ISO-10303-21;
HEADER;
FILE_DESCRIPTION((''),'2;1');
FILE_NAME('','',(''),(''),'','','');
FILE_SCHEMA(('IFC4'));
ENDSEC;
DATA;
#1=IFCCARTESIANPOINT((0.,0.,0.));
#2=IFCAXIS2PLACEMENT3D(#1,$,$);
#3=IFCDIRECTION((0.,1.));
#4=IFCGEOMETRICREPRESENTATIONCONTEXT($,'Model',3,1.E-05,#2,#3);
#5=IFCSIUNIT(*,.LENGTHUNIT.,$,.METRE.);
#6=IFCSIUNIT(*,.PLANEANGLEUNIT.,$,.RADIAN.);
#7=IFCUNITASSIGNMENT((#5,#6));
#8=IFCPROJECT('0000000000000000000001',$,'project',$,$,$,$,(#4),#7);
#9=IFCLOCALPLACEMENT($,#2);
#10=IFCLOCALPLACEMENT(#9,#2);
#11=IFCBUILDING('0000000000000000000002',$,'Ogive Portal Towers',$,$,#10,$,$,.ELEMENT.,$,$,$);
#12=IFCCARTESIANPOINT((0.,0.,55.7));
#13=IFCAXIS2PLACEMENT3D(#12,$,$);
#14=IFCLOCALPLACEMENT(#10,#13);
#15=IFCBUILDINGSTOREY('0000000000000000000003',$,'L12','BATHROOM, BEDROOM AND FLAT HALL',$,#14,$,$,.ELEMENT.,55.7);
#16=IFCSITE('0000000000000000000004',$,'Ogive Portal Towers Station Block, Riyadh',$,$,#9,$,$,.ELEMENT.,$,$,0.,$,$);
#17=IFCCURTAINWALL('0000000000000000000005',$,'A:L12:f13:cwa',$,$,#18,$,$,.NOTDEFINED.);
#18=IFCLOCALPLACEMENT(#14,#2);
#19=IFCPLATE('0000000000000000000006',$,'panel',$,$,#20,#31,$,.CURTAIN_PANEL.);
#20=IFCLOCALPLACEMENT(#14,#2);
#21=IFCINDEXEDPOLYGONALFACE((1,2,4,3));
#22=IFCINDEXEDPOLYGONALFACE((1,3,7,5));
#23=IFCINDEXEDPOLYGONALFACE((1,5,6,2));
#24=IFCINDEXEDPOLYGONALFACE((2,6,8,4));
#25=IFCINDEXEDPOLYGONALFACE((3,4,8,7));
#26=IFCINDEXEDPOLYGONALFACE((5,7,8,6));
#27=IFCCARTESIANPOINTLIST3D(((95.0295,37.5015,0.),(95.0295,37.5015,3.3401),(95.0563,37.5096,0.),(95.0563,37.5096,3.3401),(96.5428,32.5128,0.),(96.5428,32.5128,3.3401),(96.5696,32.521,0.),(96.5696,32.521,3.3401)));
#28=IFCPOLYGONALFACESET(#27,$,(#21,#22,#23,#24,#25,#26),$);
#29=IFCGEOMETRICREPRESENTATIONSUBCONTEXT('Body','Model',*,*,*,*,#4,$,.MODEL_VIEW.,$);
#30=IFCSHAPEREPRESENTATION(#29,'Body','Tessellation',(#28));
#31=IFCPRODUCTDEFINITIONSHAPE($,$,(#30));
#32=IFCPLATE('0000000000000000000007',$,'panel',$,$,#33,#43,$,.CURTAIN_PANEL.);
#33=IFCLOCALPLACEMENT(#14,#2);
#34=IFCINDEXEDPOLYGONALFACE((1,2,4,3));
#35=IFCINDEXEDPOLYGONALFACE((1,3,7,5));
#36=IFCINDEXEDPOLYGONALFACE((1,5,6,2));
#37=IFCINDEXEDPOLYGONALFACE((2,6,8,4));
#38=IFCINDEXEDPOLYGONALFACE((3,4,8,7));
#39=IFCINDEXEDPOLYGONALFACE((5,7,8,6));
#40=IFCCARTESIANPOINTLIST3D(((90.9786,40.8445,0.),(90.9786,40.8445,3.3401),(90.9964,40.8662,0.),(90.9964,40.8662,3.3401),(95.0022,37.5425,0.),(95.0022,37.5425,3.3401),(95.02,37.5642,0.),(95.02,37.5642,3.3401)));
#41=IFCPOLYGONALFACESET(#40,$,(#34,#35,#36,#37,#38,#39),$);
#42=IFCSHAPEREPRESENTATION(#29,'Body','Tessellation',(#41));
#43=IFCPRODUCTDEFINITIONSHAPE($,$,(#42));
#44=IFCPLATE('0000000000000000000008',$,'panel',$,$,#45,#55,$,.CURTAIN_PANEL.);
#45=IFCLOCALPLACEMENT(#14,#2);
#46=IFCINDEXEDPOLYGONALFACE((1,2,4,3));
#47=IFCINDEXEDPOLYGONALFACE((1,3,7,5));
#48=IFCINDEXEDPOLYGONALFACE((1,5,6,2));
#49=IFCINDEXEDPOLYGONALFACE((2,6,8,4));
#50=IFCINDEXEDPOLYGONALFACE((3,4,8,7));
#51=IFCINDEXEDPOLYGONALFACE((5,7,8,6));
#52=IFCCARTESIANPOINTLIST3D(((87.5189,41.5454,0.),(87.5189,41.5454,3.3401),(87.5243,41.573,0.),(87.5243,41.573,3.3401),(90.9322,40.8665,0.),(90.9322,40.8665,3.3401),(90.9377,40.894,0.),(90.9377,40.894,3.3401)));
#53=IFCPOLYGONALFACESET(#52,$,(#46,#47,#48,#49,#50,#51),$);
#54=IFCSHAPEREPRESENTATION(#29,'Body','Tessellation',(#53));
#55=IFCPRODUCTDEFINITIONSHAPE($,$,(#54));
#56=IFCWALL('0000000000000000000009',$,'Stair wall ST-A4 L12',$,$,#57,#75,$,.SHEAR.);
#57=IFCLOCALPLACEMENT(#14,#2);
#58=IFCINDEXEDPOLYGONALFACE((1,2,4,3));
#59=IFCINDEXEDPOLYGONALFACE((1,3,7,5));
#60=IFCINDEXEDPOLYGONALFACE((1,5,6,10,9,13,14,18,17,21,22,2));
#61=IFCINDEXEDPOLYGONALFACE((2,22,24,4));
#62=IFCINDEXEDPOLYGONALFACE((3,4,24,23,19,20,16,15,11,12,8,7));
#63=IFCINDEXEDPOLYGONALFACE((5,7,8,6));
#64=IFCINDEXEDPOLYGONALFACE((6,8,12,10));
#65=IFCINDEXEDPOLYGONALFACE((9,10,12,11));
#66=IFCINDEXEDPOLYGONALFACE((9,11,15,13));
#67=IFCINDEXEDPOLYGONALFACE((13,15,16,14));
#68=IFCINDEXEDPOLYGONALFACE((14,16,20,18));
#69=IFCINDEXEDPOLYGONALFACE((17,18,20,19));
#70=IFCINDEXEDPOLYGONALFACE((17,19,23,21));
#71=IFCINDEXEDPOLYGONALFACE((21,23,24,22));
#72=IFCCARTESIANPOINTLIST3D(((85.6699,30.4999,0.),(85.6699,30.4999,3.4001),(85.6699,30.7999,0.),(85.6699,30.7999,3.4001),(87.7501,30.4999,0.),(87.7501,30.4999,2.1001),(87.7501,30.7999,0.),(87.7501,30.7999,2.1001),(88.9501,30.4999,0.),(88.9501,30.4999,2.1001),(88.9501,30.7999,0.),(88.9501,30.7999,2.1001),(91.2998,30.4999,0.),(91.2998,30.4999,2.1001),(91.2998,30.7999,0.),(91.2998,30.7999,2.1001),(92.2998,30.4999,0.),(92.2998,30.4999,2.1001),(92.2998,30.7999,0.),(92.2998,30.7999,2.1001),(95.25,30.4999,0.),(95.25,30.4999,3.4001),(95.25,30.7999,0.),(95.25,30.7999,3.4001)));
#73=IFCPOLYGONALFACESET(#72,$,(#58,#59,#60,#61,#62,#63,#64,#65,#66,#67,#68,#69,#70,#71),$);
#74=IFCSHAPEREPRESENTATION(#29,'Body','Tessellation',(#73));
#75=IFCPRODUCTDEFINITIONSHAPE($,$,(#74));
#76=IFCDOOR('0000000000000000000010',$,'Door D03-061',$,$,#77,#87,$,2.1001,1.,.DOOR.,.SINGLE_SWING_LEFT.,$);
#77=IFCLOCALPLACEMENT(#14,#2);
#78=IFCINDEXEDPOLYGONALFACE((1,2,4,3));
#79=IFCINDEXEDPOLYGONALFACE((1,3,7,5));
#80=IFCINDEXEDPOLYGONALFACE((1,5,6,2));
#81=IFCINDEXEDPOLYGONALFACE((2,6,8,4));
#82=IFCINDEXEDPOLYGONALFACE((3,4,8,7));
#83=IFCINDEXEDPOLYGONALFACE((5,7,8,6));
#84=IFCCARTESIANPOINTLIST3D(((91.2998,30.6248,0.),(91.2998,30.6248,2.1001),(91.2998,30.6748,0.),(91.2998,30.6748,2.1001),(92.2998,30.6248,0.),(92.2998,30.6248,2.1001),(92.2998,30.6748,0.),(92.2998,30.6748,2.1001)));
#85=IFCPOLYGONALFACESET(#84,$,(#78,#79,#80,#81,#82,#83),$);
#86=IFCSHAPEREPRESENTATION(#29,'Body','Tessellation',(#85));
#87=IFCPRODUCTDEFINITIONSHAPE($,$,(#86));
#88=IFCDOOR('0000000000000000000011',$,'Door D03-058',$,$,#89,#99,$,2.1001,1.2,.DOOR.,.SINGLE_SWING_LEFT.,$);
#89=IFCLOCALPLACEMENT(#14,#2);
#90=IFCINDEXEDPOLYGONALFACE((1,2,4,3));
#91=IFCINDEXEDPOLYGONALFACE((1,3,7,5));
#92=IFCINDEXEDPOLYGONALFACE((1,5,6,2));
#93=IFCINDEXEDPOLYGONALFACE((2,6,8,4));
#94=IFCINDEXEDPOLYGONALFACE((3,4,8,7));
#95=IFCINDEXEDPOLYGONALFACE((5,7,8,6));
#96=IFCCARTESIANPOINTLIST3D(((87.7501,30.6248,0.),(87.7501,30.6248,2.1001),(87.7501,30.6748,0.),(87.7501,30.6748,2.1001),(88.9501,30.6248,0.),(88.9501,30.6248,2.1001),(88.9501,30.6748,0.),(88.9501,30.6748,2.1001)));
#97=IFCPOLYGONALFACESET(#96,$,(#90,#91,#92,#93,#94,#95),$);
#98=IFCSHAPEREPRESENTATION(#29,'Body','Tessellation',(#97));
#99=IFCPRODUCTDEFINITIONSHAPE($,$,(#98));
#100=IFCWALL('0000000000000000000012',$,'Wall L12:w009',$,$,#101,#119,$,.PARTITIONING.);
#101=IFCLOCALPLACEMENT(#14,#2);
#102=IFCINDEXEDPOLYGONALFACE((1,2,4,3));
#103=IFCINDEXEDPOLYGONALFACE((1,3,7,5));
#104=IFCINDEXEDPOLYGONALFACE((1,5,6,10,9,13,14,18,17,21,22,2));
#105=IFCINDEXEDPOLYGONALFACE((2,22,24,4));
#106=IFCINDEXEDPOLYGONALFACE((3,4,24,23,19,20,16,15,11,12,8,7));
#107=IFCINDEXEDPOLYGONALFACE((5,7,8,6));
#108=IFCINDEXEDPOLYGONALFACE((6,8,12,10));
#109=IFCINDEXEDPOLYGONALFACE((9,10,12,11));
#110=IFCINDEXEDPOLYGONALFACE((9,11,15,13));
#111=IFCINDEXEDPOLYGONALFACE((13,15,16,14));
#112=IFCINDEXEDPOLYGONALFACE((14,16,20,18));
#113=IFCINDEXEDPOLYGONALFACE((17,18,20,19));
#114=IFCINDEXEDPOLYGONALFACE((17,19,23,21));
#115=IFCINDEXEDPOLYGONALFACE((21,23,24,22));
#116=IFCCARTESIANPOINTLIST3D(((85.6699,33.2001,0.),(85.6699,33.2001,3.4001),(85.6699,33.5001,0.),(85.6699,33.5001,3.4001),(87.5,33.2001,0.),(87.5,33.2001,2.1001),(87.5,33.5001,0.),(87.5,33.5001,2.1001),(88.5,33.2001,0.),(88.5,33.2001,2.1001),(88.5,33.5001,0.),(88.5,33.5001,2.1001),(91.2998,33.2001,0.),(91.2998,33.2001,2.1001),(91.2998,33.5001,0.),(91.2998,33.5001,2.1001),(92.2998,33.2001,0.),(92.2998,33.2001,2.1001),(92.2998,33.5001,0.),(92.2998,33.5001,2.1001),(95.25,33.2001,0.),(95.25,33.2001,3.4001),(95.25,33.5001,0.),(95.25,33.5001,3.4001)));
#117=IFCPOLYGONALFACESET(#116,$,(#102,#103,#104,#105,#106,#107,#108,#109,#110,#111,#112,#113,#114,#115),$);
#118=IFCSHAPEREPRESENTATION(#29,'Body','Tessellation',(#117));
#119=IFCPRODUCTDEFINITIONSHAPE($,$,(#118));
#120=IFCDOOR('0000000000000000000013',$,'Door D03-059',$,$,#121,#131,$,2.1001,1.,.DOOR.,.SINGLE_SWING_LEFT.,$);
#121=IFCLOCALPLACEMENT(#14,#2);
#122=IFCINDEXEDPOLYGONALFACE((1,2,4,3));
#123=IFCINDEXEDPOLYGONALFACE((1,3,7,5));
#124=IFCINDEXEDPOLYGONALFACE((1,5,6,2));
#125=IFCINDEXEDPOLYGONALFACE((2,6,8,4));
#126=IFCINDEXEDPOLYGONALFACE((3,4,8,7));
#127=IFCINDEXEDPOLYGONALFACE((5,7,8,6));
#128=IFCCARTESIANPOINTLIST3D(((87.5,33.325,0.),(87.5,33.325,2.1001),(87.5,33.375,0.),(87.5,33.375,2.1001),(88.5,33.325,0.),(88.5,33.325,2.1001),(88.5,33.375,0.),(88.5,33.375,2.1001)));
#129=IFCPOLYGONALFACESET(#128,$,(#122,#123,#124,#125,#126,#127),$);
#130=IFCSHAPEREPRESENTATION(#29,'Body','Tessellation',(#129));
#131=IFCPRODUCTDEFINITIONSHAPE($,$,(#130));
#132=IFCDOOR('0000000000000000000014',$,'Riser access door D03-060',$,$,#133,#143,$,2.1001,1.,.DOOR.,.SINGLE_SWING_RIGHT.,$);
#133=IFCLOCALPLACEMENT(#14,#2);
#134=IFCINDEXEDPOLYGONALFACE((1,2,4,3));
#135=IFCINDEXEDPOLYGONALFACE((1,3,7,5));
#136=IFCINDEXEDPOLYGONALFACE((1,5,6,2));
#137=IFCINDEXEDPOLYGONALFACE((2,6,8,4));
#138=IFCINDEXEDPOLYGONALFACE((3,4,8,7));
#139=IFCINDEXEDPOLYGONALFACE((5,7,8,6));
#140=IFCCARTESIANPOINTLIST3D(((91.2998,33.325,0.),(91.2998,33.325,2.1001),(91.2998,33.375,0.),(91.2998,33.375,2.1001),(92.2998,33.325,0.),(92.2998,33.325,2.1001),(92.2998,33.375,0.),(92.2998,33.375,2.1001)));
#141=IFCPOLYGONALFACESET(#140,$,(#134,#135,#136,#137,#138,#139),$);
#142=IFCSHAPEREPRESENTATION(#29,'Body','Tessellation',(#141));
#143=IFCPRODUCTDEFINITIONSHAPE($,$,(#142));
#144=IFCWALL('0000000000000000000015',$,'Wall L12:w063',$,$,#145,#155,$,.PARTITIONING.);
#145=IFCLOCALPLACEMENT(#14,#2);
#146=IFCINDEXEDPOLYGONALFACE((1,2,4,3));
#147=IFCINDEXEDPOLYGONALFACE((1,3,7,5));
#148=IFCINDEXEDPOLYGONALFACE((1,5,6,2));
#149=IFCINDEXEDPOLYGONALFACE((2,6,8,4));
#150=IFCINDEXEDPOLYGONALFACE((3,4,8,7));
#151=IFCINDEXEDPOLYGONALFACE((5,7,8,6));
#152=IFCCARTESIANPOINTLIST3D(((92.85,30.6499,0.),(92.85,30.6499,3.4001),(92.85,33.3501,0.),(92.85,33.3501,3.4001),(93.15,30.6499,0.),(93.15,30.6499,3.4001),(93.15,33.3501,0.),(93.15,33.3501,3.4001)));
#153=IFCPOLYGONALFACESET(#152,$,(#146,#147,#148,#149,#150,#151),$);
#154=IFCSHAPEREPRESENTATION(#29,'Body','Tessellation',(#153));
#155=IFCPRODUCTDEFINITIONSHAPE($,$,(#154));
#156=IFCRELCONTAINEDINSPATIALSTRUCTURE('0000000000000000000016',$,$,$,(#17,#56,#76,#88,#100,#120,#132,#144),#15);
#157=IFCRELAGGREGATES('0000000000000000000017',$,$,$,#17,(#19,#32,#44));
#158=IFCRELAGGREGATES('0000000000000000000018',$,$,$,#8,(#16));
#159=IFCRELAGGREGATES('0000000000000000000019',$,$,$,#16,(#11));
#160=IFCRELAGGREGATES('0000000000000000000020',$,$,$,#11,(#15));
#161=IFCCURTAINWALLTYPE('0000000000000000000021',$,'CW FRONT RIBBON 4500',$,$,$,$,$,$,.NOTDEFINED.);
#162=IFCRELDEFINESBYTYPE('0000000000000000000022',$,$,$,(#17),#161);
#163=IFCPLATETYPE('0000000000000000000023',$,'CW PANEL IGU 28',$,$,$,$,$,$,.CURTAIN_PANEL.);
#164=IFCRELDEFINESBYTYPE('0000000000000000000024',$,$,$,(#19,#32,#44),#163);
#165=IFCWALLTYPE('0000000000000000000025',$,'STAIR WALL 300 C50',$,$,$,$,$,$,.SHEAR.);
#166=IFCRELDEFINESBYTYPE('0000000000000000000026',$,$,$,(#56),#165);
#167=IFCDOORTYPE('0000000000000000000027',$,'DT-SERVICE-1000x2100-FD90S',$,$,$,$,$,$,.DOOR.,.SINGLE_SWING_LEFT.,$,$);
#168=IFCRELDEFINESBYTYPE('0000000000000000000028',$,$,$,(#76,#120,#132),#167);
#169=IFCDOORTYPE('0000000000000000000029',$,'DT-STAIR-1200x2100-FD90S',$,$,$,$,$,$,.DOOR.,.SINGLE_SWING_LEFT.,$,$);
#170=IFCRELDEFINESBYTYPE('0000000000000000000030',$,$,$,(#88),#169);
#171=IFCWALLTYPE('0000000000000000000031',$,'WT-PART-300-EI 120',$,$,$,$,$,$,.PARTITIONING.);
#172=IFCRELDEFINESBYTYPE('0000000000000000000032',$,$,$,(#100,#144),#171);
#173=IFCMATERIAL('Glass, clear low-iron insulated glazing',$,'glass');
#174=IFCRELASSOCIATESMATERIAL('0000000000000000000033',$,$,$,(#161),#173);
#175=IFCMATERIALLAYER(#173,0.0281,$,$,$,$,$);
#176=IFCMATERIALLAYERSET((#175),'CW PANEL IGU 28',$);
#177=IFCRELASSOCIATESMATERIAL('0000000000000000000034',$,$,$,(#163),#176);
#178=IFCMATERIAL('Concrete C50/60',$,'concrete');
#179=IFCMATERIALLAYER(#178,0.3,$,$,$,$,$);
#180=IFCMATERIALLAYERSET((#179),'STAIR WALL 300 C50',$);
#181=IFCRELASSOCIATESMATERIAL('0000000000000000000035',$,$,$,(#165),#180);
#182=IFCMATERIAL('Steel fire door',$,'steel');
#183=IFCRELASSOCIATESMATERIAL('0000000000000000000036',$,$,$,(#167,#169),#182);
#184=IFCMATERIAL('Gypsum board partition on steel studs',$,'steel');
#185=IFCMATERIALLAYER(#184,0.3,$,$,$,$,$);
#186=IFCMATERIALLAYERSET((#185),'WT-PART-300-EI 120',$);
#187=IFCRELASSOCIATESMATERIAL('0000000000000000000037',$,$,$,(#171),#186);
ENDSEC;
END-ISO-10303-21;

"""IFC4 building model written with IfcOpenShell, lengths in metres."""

from ifc_helpers import new_model, si_unit, direction, frame, frame_2d, origin, origin_2d, place, context, subcontext, project, spatial, rectangle, extrude, material, layer, layer_set, type_object, element, fill, aggregate, save


model = new_model("IFC4")

# Units and contexts
model_context = context("Model", 3, precision=1e-05, world=origin(), true_north=direction((0.0, 1.0)))
body_context = subcontext(model_context, "Body", "Model", "MODEL_VIEW")
ifc_project = project(units=[si_unit("LENGTHUNIT", "METRE"), si_unit("PLANEANGLEUNIT", "RADIAN")], contexts=[model_context])

# Site, building, storey
site_placement = place(None, origin())
site = spatial("IfcSite", under=ifc_project, at=site_placement, Name="Ogive Portal Towers Station Block, Riyadh", CompositionType="ELEMENT", RefElevation=0.0)
building_placement = place(site_placement, origin())
building = spatial("IfcBuilding", under=site, at=building_placement, Name="Ogive Portal Towers", CompositionType="ELEMENT")
storey_placement = place(building_placement, frame((0.0, 0.0, 55.7)))
storey = spatial("IfcBuildingStorey", under=building, at=storey_placement, Name="L12", Description="BATHROOM, BEDROOM AND FLAT HALL", CompositionType="ELEMENT", Elevation=55.7)

# Shared definitions
ifc_material_1 = material(Name="Glass, clear low-iron insulated glazing", Category="glass")
curtain_wall_type = type_object("IfcCurtainWallType", Name="CW FRONT RIBBON 4500", PredefinedType="NOTDEFINED", material=ifc_material_1)

# Curtain wall
curtain_wall_1_placement = place(storey_placement, origin())
curtain_wall_1 = element("IfcCurtainWall", 1, at=curtain_wall_1_placement, inside=storey, type_object=curtain_wall_type, Name="A:L12:f13:cwa", PredefinedType="NOTDEFINED")

# Plates
ifc_layer_1 = layer(ifc_material_1, 0.0281)
ifc_layer_set_1 = layer_set([ifc_layer_1], Name="CW PANEL IGU 28")
plate_type = type_object("IfcPlateType", Name="CW PANEL IGU 28", PredefinedType="CURTAIN_PANEL", material=ifc_layer_set_1)
plate_1_placement = place(storey_placement, frame((95.7996, 35.0112, 0.0), z_axis=(0.0, 0.0, 1.0), x_axis=(-0.290285, 0.95694, 0.0)))
plate_1 = element("IfcPlate", 2, at=plate_1_placement, type_object=plate_type, Name="panel", PredefinedType="CURTAIN_PANEL", context=body_context, shape_type="SweptSolid", body=[
    extrude(rectangle(XDim=5.2131, YDim=0.0281, at=origin_2d()), origin(), (0.0, 0.0, 1.0), 3.3401),
])
plate_2_placement = place(storey_placement, frame((92.9993, 39.2043, 0.0), z_axis=(0.0, 0.0, 1.0), x_axis=(-0.77301, 0.634393, 0.0)))
plate_2 = element("IfcPlate", 3, at=plate_2_placement, type_object=plate_type, Name="panel", PredefinedType="CURTAIN_PANEL", context=body_context, shape_type="SweptSolid", body=[
    extrude(rectangle(XDim=5.2051, YDim=0.0281, at=origin_2d()), origin(), (0.0, 0.0, 1.0), 3.3401),
])
plate_3_placement = place(storey_placement, frame((89.2283, 41.2197, 0.0), z_axis=(0.0, 0.0, 1.0), x_axis=(-0.980785, 0.19509, 0.0)))
plate_3 = element("IfcPlate", 4, at=plate_3_placement, type_object=plate_type, Name="panel", PredefinedType="CURTAIN_PANEL", context=body_context, shape_type="SweptSolid", body=[
    extrude(rectangle(XDim=3.4802, YDim=0.0281, at=origin_2d()), origin(), (0.0, 0.0, 1.0), 3.3401),
])
aggregate(curtain_wall_1, [plate_1, plate_2, plate_3])

# Walls, openings, doors
ifc_material_2 = material(Name="Concrete C50/60", Category="concrete")
ifc_layer_2 = layer(ifc_material_2, 0.3)
ifc_layer_set_2 = layer_set([ifc_layer_2], Name="STAIR WALL 300 C50")
wall_type_1 = type_object("IfcWallType", Name="STAIR WALL 300 C50", PredefinedType="SHEAR", material=ifc_layer_set_2)
wall_1_placement = place(storey_placement, frame((85.6699, 30.6499, 0.0), z_axis=(0.0, 0.0, 1.0), x_axis=(1.0, 0.0, 0.0)))
wall_1 = element("IfcWall", 5, at=wall_1_placement, inside=storey, type_object=wall_type_1, Name="Stair wall ST-A4 L12", PredefinedType="SHEAR", context=body_context, shape_type="SweptSolid", body=[
    extrude(rectangle(XDim=9.5801, YDim=0.3, at=frame_2d((4.79, 0.0))), origin(), (0.0, 0.0, 1.0), 3.4001),
])
opening_1_placement = place(wall_1_placement, frame((2.0801, 0.0, 0.0)))
opening_1 = element("IfcOpeningElement", 6, at=opening_1_placement, cuts=wall_1, PredefinedType="OPENING", context=body_context, shape_type="SweptSolid", body=[
    extrude(rectangle(XDim=1.2, YDim=2.1001, at=frame_2d((0.6001, 1.05))), frame((0.0, 0.1602, 0.0), z_axis=(0.0, -1.0, 0.0), x_axis=(1.0, 0.0, 0.0)), (0.0, 0.0, 1.0), 0.3201),
])
opening_2_placement = place(wall_1_placement, frame((5.6299, 0.0, 0.0)))
opening_2 = element("IfcOpeningElement", 7, at=opening_2_placement, cuts=wall_1, PredefinedType="OPENING", context=body_context, shape_type="SweptSolid", body=[
    extrude(rectangle(XDim=1.0, YDim=2.1001, at=frame_2d((0.5, 1.05))), frame((0.0, 0.1602, 0.0), z_axis=(0.0, -1.0, 0.0), x_axis=(1.0, 0.0, 0.0)), (0.0, 0.0, 1.0), 0.3201),
])
ifc_material_3 = material(Name="Steel fire door", Category="steel")
door_type_1 = type_object("IfcDoorType", Name="DT-SERVICE-1000x2100-FD90S", OperationType="SINGLE_SWING_LEFT", PredefinedType="DOOR", material=ifc_material_3)
door_1_placement = place(opening_2_placement, origin())
door_1 = element("IfcDoor", 8, at=door_1_placement, inside=storey, type_object=door_type_1, Name="Door D03-061", OperationType="SINGLE_SWING_LEFT", OverallHeight=2.1001, OverallWidth=1.0, PredefinedType="DOOR", context=body_context, shape_type="SweptSolid", body=[
    extrude(rectangle(XDim=1.0, YDim=2.1001, at=frame_2d((0.5, 1.05))), frame((0.0, 0.0249, 0.0), z_axis=(0.0, -1.0, 0.0), x_axis=(1.0, 0.0, 0.0)), (0.0, 0.0, 1.0), 0.05),
])
fill(opening_2, door_1)
door_type_2 = type_object("IfcDoorType", Name="DT-STAIR-1200x2100-FD90S", OperationType="SINGLE_SWING_LEFT", PredefinedType="DOOR", material=ifc_material_3)
door_2_placement = place(opening_1_placement, origin())
door_2 = element("IfcDoor", 9, at=door_2_placement, inside=storey, type_object=door_type_2, Name="Door D03-058", OperationType="SINGLE_SWING_LEFT", OverallHeight=2.1001, OverallWidth=1.2, PredefinedType="DOOR", context=body_context, shape_type="SweptSolid", body=[
    extrude(rectangle(XDim=1.2, YDim=2.1001, at=frame_2d((0.6001, 1.05))), frame((0.0, 0.0249, 0.0), z_axis=(0.0, -1.0, 0.0), x_axis=(1.0, 0.0, 0.0)), (0.0, 0.0, 1.0), 0.05),
])
fill(opening_1, door_2)
ifc_material_4 = material(Name="Gypsum board partition on steel studs", Category="steel")
ifc_layer_3 = layer(ifc_material_4, 0.3)
ifc_layer_set_3 = layer_set([ifc_layer_3], Name="WT-PART-300-EI 120")
wall_type_2 = type_object("IfcWallType", Name="WT-PART-300-EI 120", PredefinedType="PARTITIONING", material=ifc_layer_set_3)
wall_2_placement = place(storey_placement, frame((85.6699, 33.3501, 0.0), z_axis=(0.0, 0.0, 1.0), x_axis=(1.0, 0.0, 0.0)))
wall_2 = element("IfcWall", 10, at=wall_2_placement, inside=storey, type_object=wall_type_2, Name="Wall L12:w009", PredefinedType="PARTITIONING", context=body_context, shape_type="SweptSolid", body=[
    extrude(rectangle(XDim=9.5801, YDim=0.3, at=frame_2d((4.79, 0.0))), origin(), (0.0, 0.0, 1.0), 3.4001),
])
opening_3_placement = place(wall_2_placement, frame((1.8301, 0.0, 0.0)))
opening_3 = element("IfcOpeningElement", 11, at=opening_3_placement, cuts=wall_2, PredefinedType="OPENING", context=body_context, shape_type="SweptSolid", body=[
    extrude(rectangle(XDim=1.0, YDim=2.1001, at=frame_2d((0.5, 1.05))), frame((0.0, 0.1602, 0.0), z_axis=(0.0, -1.0, 0.0), x_axis=(1.0, 0.0, 0.0)), (0.0, 0.0, 1.0), 0.3201),
])
opening_4_placement = place(wall_2_placement, frame((5.6299, 0.0, 0.0)))
opening_4 = element("IfcOpeningElement", 12, at=opening_4_placement, cuts=wall_2, PredefinedType="OPENING", context=body_context, shape_type="SweptSolid", body=[
    extrude(rectangle(XDim=1.0, YDim=2.1001, at=frame_2d((0.5, 1.05))), frame((0.0, 0.1602, 0.0), z_axis=(0.0, -1.0, 0.0), x_axis=(1.0, 0.0, 0.0)), (0.0, 0.0, 1.0), 0.3201),
])
door_3_placement = place(opening_3_placement, origin())
door_3 = element("IfcDoor", 13, at=door_3_placement, inside=storey, type_object=door_type_1, Name="Door D03-059", OperationType="SINGLE_SWING_LEFT", OverallHeight=2.1001, OverallWidth=1.0, PredefinedType="DOOR", context=body_context, shape_type="SweptSolid", body=[
    extrude(rectangle(XDim=1.0, YDim=2.1001, at=frame_2d((0.5, 1.05))), frame((0.0, 0.0249, 0.0), z_axis=(0.0, -1.0, 0.0), x_axis=(1.0, 0.0, 0.0)), (0.0, 0.0, 1.0), 0.05),
])
fill(opening_3, door_3)
door_4_placement = place(opening_4_placement, origin())
door_4 = element("IfcDoor", 14, at=door_4_placement, inside=storey, type_object=door_type_1, Name="Riser access door D03-060", OperationType="SINGLE_SWING_RIGHT", OverallHeight=2.1001, OverallWidth=1.0, PredefinedType="DOOR", context=body_context, shape_type="SweptSolid", body=[
    extrude(rectangle(XDim=1.0, YDim=2.1001, at=frame_2d((0.5, 1.05))), frame((0.0, 0.0249, 0.0), z_axis=(0.0, -1.0, 0.0), x_axis=(1.0, 0.0, 0.0)), (0.0, 0.0, 1.0), 0.05),
])
fill(opening_4, door_4)

# Wall
wall_3_placement = place(storey_placement, frame((93.0, 30.6499, 0.0), z_axis=(0.0, 0.0, 1.0), x_axis=(0.0, 1.0, 0.0)))
element("IfcWall", 15, at=wall_3_placement, inside=storey, type_object=wall_type_2, Name="Wall L12:w063", PredefinedType="PARTITIONING", context=body_context, shape_type="SweptSolid", body=[
    extrude(rectangle(XDim=2.7002, YDim=0.3, at=frame_2d((1.3501, 0.0))), origin(), (0.0, 0.0, 1.0), 3.4001),
])

save(model, "model.ifc")
